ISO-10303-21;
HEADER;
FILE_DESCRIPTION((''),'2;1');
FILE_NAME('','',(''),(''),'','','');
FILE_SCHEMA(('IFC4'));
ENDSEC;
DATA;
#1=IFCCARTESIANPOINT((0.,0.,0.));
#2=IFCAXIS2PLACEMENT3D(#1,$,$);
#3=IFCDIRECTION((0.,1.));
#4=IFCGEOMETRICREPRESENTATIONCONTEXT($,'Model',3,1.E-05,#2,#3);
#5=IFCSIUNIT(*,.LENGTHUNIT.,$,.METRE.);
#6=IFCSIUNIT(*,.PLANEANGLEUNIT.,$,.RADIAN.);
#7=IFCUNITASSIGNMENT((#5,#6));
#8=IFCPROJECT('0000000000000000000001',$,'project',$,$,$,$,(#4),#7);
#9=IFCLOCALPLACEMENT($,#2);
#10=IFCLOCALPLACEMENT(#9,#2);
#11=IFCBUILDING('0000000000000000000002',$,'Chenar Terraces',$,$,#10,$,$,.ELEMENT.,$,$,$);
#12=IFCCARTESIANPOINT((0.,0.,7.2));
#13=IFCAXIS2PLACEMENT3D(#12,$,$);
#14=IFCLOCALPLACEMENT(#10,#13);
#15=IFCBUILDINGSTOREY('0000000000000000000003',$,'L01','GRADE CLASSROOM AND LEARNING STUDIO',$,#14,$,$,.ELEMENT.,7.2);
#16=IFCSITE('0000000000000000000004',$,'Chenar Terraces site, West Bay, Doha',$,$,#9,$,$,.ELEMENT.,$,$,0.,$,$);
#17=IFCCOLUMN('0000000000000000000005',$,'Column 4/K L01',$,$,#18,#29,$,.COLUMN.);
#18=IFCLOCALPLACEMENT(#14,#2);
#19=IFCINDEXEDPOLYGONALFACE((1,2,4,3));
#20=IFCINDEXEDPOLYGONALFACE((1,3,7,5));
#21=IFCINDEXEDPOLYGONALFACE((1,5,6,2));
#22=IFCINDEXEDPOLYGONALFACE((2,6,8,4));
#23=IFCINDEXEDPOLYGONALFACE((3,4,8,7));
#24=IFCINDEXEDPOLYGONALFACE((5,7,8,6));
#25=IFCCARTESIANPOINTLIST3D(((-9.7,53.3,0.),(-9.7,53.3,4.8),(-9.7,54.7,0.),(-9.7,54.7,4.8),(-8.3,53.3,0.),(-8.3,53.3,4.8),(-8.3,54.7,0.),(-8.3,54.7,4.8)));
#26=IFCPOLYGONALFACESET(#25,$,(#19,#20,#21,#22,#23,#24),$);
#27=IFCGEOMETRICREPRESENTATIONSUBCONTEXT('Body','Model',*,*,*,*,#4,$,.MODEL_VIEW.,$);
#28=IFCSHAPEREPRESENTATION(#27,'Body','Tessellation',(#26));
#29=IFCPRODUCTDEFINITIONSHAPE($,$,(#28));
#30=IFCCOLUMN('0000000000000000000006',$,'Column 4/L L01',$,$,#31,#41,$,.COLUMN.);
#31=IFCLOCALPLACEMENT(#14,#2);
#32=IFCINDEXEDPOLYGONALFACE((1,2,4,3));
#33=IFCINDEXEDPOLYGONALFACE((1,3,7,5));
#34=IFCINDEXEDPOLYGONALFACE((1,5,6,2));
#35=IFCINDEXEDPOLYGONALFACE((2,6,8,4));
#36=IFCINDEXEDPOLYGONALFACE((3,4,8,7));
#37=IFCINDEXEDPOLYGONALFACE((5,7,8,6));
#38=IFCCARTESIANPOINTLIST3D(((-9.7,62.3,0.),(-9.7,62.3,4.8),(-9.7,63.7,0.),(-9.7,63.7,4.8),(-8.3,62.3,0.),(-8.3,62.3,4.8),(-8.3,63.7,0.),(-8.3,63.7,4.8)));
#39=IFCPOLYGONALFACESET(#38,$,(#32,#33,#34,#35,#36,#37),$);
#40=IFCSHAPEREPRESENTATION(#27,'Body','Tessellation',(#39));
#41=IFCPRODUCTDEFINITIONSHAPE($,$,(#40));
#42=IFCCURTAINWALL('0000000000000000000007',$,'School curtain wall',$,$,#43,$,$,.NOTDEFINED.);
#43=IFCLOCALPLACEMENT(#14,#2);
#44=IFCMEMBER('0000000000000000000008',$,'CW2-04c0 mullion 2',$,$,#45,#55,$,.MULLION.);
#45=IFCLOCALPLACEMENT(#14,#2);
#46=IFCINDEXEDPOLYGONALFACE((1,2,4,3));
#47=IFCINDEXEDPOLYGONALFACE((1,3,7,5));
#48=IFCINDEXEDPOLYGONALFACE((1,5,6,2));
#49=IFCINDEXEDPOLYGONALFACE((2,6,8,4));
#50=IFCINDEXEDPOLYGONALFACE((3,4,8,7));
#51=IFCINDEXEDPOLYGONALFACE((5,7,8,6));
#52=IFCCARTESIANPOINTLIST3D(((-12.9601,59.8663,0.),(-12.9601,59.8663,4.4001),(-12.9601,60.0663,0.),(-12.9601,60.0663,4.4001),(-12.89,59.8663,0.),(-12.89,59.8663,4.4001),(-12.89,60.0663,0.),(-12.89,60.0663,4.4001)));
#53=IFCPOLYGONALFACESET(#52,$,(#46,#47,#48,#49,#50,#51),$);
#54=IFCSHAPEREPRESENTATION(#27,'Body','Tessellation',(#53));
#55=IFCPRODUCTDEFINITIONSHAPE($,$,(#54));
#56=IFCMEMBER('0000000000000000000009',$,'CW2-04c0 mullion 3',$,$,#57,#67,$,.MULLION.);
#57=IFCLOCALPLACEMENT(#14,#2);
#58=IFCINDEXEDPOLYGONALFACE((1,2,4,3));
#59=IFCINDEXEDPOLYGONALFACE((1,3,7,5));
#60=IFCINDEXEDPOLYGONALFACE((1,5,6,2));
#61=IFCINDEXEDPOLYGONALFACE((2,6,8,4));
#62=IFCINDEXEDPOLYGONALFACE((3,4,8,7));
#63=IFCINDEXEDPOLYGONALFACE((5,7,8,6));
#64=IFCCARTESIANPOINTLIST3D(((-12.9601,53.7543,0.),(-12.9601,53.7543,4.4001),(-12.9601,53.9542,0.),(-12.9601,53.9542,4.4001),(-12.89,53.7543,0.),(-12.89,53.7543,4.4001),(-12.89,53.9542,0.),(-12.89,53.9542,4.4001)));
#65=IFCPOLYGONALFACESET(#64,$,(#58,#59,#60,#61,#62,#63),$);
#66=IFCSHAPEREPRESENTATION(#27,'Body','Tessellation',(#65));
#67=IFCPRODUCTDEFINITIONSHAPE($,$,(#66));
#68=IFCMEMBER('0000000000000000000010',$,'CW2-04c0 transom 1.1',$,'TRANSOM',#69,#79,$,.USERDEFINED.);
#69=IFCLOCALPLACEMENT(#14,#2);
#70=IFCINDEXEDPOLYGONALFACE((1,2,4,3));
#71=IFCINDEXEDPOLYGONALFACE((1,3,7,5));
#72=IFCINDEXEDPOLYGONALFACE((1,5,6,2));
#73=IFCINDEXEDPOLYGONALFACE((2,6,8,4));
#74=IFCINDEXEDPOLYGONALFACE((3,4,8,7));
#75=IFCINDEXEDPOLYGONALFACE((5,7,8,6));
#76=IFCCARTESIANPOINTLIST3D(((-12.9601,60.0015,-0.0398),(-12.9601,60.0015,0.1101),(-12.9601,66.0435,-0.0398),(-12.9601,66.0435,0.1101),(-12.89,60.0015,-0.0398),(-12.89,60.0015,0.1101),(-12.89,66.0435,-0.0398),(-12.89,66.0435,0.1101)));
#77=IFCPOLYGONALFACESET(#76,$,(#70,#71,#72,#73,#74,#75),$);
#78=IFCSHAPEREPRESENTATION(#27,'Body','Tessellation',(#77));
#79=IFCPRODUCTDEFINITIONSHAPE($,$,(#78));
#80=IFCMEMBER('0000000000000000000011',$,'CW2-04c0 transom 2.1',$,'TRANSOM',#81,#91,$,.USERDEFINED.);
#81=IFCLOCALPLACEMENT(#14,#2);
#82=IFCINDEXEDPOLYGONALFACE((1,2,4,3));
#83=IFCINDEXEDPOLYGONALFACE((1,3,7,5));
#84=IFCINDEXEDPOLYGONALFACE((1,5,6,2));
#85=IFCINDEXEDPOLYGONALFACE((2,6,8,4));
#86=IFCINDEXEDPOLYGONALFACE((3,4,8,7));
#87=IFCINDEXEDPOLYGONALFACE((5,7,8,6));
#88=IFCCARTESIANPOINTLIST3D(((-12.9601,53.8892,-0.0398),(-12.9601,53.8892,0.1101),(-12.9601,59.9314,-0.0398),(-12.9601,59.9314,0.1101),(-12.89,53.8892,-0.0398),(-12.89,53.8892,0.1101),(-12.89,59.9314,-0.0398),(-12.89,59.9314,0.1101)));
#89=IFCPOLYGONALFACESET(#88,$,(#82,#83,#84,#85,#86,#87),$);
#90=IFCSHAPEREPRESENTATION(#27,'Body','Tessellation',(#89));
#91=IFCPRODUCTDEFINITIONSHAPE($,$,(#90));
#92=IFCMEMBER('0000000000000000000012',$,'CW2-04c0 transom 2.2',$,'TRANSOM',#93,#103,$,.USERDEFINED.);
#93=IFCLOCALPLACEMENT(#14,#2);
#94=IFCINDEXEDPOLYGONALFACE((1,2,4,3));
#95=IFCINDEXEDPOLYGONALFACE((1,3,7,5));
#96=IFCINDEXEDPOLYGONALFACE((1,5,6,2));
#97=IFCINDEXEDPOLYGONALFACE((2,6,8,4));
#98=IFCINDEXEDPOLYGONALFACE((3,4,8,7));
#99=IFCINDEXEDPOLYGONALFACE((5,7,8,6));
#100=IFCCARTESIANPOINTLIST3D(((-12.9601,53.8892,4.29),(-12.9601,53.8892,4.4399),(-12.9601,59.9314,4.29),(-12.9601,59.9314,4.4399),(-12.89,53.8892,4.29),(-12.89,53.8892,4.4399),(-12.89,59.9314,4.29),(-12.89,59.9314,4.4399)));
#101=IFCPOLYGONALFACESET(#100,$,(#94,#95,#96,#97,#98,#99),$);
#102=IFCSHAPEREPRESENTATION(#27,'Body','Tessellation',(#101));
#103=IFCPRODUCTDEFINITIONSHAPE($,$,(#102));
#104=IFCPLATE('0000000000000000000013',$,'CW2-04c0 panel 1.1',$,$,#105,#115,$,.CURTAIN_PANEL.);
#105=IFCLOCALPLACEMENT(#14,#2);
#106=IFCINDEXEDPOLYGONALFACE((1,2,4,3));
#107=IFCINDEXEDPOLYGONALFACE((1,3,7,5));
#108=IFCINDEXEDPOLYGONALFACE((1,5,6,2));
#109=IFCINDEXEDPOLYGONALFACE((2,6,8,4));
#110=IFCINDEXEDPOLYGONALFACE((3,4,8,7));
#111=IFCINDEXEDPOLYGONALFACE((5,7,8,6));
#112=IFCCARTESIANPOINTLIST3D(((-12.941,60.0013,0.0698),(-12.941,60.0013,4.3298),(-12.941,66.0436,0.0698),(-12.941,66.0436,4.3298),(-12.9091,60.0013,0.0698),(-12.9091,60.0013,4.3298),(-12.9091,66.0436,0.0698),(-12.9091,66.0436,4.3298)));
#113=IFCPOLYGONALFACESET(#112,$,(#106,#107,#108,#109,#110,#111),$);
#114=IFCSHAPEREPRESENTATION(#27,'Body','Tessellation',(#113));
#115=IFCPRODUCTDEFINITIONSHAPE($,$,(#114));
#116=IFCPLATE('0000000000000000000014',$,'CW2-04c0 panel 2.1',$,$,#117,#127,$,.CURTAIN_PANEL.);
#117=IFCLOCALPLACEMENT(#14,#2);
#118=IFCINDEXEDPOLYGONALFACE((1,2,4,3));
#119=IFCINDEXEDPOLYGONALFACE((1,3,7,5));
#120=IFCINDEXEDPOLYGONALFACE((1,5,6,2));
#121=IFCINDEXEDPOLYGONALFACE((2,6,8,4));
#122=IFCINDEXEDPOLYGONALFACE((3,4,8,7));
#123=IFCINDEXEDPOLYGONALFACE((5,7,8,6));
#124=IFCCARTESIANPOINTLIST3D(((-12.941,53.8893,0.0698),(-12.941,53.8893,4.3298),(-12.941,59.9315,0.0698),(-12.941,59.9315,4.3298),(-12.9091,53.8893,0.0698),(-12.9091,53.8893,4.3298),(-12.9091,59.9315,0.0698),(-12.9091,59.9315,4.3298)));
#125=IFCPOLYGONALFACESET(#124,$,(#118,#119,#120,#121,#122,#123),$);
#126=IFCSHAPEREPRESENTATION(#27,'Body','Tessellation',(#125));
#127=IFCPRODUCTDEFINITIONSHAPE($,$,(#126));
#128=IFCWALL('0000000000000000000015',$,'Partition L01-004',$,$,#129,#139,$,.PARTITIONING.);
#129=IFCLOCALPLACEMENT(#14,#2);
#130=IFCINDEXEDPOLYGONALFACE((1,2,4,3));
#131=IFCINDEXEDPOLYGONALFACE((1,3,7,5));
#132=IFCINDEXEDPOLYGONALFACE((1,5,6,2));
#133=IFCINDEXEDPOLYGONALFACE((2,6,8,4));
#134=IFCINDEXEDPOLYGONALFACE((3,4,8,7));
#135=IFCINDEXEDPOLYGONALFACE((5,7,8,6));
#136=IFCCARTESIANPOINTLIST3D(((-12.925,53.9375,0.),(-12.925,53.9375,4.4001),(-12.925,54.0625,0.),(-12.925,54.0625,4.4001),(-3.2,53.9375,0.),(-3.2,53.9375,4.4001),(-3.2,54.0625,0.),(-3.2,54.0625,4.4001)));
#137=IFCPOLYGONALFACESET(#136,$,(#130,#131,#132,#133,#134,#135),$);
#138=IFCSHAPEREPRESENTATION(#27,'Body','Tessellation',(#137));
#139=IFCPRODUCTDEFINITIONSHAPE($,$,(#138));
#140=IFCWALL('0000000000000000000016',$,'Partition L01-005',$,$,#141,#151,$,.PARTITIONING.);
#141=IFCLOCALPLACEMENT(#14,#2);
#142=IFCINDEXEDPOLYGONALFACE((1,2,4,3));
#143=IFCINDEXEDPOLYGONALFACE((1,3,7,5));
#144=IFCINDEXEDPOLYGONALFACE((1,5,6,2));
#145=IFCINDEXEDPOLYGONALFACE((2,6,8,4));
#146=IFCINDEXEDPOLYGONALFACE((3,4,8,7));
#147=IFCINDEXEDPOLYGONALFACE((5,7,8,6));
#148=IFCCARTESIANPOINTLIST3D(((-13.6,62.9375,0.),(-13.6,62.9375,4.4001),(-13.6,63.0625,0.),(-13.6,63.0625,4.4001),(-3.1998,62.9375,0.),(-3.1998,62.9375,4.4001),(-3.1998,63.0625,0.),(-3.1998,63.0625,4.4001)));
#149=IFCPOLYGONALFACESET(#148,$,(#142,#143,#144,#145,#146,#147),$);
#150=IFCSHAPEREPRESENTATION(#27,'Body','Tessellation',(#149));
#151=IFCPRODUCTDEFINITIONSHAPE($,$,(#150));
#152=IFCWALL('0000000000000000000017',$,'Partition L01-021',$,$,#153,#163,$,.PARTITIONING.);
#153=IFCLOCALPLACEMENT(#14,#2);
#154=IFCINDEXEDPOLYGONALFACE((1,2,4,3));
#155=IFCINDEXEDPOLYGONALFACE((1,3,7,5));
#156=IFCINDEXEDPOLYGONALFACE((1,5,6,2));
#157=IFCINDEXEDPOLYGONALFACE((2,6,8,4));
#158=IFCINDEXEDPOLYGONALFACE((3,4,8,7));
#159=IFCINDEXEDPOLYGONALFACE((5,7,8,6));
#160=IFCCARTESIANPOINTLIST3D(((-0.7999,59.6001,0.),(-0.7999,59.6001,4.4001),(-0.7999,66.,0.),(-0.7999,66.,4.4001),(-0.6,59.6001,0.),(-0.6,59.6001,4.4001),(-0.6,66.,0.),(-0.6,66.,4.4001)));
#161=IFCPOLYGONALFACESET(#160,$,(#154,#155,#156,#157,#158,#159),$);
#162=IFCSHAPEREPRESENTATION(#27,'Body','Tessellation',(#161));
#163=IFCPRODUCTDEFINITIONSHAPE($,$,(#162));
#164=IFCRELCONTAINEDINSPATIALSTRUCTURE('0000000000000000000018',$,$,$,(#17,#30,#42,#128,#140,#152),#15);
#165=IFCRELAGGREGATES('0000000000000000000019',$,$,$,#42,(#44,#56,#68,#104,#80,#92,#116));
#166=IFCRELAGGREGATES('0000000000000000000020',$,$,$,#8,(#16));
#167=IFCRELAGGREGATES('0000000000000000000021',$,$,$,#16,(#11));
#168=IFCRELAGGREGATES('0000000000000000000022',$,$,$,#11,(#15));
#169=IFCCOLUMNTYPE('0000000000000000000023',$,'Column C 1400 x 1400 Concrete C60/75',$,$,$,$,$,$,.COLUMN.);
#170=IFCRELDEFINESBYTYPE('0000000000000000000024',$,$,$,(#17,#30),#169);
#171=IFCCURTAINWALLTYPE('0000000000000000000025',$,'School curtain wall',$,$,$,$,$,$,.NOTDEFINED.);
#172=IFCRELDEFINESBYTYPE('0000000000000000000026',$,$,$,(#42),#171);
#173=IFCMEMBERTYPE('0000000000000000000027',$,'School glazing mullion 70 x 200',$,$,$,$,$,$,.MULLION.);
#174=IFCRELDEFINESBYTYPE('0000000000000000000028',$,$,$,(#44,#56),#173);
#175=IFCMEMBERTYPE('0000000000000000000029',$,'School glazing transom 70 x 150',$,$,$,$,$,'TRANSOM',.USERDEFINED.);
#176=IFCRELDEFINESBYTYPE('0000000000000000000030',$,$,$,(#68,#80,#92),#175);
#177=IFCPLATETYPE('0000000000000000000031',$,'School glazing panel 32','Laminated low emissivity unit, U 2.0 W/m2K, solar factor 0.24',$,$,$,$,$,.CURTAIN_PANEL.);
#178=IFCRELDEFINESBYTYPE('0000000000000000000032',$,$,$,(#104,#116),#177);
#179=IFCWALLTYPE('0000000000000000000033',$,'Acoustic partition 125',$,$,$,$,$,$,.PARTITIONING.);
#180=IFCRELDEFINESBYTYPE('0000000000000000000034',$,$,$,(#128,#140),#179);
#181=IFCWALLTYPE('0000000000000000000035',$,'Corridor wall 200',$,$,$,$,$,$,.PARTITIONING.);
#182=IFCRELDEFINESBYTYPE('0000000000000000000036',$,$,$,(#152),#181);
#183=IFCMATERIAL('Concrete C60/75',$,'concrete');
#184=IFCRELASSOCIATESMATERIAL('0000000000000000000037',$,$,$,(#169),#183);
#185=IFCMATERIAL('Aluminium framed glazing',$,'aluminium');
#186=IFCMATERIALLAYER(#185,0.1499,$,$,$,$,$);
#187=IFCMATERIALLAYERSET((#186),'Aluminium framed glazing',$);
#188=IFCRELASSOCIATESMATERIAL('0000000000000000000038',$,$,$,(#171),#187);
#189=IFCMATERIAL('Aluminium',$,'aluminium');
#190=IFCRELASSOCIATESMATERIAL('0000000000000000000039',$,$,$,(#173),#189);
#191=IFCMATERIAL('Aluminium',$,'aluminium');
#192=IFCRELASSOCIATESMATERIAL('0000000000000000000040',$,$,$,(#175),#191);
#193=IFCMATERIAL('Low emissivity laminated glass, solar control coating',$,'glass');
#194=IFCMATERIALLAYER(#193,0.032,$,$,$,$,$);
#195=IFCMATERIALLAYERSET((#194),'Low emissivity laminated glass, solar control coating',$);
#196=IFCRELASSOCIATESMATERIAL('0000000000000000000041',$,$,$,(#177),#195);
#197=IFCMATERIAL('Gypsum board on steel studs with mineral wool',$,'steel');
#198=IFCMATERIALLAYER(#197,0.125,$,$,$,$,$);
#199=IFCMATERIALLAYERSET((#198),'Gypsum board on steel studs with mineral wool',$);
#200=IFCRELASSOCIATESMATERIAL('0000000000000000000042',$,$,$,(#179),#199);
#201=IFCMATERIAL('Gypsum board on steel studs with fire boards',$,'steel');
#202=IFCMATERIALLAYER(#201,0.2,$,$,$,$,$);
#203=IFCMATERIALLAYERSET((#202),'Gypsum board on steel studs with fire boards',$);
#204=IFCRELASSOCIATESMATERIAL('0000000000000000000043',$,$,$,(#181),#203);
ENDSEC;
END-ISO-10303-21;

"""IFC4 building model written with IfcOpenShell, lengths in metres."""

from ifc_helpers import new_model, si_unit, direction, frame, frame_2d, origin, origin_2d, place, context, subcontext, project, spatial, rectangle, extrude, material, layer, layer_set, material_profile, profile_set, type_object, element, aggregate, save


model = new_model("IFC4")

# Units and contexts
model_context = context("Model", 3, precision=1e-05, world=origin(), true_north=direction((0.0, 1.0)))
body_context = subcontext(model_context, "Body", "Model", "MODEL_VIEW")
ifc_project = project(units=[si_unit("LENGTHUNIT", "METRE"), si_unit("PLANEANGLEUNIT", "RADIAN")], contexts=[model_context])

# Site, building, storey
site_placement = place(None, origin())
site = spatial("IfcSite", under=ifc_project, at=site_placement, Name="Chenar Terraces site, West Bay, Doha", CompositionType="ELEMENT", RefElevation=0.0)
building_placement = place(site_placement, origin())
building = spatial("IfcBuilding", under=site, at=building_placement, Name="Chenar Terraces", CompositionType="ELEMENT")
storey_placement = place(building_placement, frame((0.0, 0.0, 7.2)))
storey = spatial("IfcBuildingStorey", under=building, at=storey_placement, Name="L01", Description="GRADE CLASSROOM AND LEARNING STUDIO", CompositionType="ELEMENT", Elevation=7.2)

# Columns
ifc_material_1 = material(Name="Concrete C60/75", Category="concrete")
ifc_material_profile_1 = material_profile(ifc_material_1, rectangle(XDim=1.3999, YDim=1.3999, at=origin_2d()), Name="C 1400 x 1400")
ifc_profile_set_1 = profile_set([ifc_material_profile_1], Name="Concrete C60/75")
column_type = type_object("IfcColumnType", Name="Column C 1400 x 1400 Concrete C60/75", PredefinedType="COLUMN", material=ifc_profile_set_1)
for number, where, z_axis, x_axis, name in (
    (1, (-9.0, 54.0, 0.0), (0.0, 0.0, 1.0), (1.0, 0.0, 0.0), "Column 4/K L01"),
    (2, (-9.0, 63.0, 0.0), (0.0, 0.0, 1.0), (1.0, 0.0, 0.0), "Column 4/L L01"),
):
    element("IfcColumn", number, at=place(storey_placement, frame(where, z_axis=z_axis, x_axis=x_axis)), inside=storey, type_object=column_type, Name=name, PredefinedType="COLUMN", context=body_context, shape_type="SweptSolid", body=[
        extrude(rectangle(XDim=1.3999, YDim=1.3999, at=origin_2d()), origin(), (0.0, 0.0, 1.0), 4.8),
    ])

# Curtain wall, members, plates
ifc_material_2 = material(Name="Aluminium framed glazing", Category="aluminium")
ifc_layer_1 = layer(ifc_material_2, 0.1499)
ifc_layer_set_1 = layer_set([ifc_layer_1], Name="Aluminium framed glazing")
curtain_wall_type = type_object("IfcCurtainWallType", Name="School curtain wall", PredefinedType="NOTDEFINED", material=ifc_layer_set_1)
curtain_wall_placement = place(storey_placement, origin())
curtain_wall = element("IfcCurtainWall", 3, at=curtain_wall_placement, inside=storey, type_object=curtain_wall_type, Name="School curtain wall", PredefinedType="NOTDEFINED")
ifc_material_3 = material(Name="Aluminium", Category="aluminium")
ifc_material_profile_2 = material_profile(ifc_material_3, rectangle(XDim=0.0701, YDim=0.2, at=origin_2d()), Name="School glazing mullion 70 x 200")
ifc_profile_set_2 = profile_set([ifc_material_profile_2], Name="Aluminium")
member_type_1 = type_object("IfcMemberType", Name="School glazing mullion 70 x 200", PredefinedType="MULLION", material=ifc_profile_set_2)
member_1_placement = place(storey_placement, frame((-12.925, 59.9663, 0.0), z_axis=(0.0, 0.0, 1.0), x_axis=(1.0, 0.0, 0.0)))
member_1 = element("IfcMember", 4, at=member_1_placement, type_object=member_type_1, Name="CW2-04c0 mullion 2", PredefinedType="MULLION", context=body_context, shape_type="SweptSolid", body=[
    extrude(rectangle(XDim=0.0701, YDim=0.2, at=origin_2d()), origin(), (0.0, 0.0, 1.0), 4.4001),
])
member_2_placement = place(storey_placement, frame((-12.925, 53.8542, 0.0), z_axis=(0.0, 0.0, 1.0), x_axis=(1.0, 0.0, 0.0)))
member_2 = element("IfcMember", 5, at=member_2_placement, type_object=member_type_1, Name="CW2-04c0 mullion 3", PredefinedType="MULLION", context=body_context, shape_type="SweptSolid", body=[
    extrude(rectangle(XDim=0.0701, YDim=0.2, at=origin_2d()), origin(), (0.0, 0.0, 1.0), 4.4001),
])
ifc_material_4 = material(Name="Aluminium", Category="aluminium")
ifc_material_profile_3 = material_profile(ifc_material_4, rectangle(XDim=0.0701, YDim=0.1499, at=origin_2d()), Name="School glazing transom 70 x 150")
ifc_profile_set_3 = profile_set([ifc_material_profile_3], Name="Aluminium")
member_type_2 = type_object("IfcMemberType", Name="School glazing transom 70 x 150", ElementType="TRANSOM", PredefinedType="USERDEFINED", material=ifc_profile_set_3)
member_3_placement = place(storey_placement, frame((-12.925, 66.0435, 0.0352), z_axis=(0.0, -1.0, 0.0), x_axis=(1.0, 0.0, 0.0)))
member_3 = element("IfcMember", 6, at=member_3_placement, type_object=member_type_2, Name="CW2-04c0 transom 1.1", ObjectType="TRANSOM", PredefinedType="USERDEFINED", context=body_context, shape_type="SweptSolid", body=[
    extrude(rectangle(XDim=0.0701, YDim=0.1499, at=origin_2d()), origin(), (0.0, 0.0, 1.0), 6.042),
])
member_4_placement = place(storey_placement, frame((-12.925, 59.9314, 0.0352), z_axis=(0.0, -1.0, 0.0), x_axis=(1.0, 0.0, 0.0)))
member_4 = element("IfcMember", 7, at=member_4_placement, type_object=member_type_2, Name="CW2-04c0 transom 2.1", ObjectType="TRANSOM", PredefinedType="USERDEFINED", context=body_context, shape_type="SweptSolid", body=[
    extrude(rectangle(XDim=0.0701, YDim=0.1499, at=origin_2d()), origin(), (0.0, 0.0, 1.0), 6.0422),
])
member_5_placement = place(storey_placement, frame((-12.925, 59.9314, 4.365), z_axis=(0.0, -1.0, 0.0), x_axis=(1.0, 0.0, 0.0)))
member_5 = element("IfcMember", 8, at=member_5_placement, type_object=member_type_2, Name="CW2-04c0 transom 2.2", ObjectType="TRANSOM", PredefinedType="USERDEFINED", context=body_context, shape_type="SweptSolid", body=[
    extrude(rectangle(XDim=0.0701, YDim=0.1499, at=origin_2d()), origin(), (0.0, 0.0, 1.0), 6.0422),
])
ifc_material_5 = material(Name="Low emissivity laminated glass, solar control coating", Category="glass")
ifc_layer_2 = layer(ifc_material_5, 0.032)
ifc_layer_set_2 = layer_set([ifc_layer_2], Name="Low emissivity laminated glass, solar control coating")
plate_type = type_object("IfcPlateType", Name="School glazing panel 32", Description="Laminated low emissivity unit, U 2.0 W/m2K, solar factor 0.24", PredefinedType="CURTAIN_PANEL", material=ifc_layer_set_2)
plate_1_placement = place(storey_placement, frame((-12.925, 63.0225, 0.0698), z_axis=(0.0, 0.0, 1.0), x_axis=(0.0, -1.0, 0.0)))
plate_1 = element("IfcPlate", 9, at=plate_1_placement, type_object=plate_type, Name="CW2-04c0 panel 1.1", PredefinedType="CURTAIN_PANEL", context=body_context, shape_type="SweptSolid", body=[
    extrude(rectangle(XDim=6.0422, YDim=0.032, at=origin_2d()), origin(), (0.0, 0.0, 1.0), 4.26),
])
plate_2_placement = place(storey_placement, frame((-12.925, 56.9104, 0.0698), z_axis=(0.0, 0.0, 1.0), x_axis=(0.0, -1.0, 0.0)))
plate_2 = element("IfcPlate", 10, at=plate_2_placement, type_object=plate_type, Name="CW2-04c0 panel 2.1", PredefinedType="CURTAIN_PANEL", context=body_context, shape_type="SweptSolid", body=[
    extrude(rectangle(XDim=6.0422, YDim=0.032, at=origin_2d()), origin(), (0.0, 0.0, 1.0), 4.26),
])
aggregate(curtain_wall, [member_1, member_2, member_3, plate_1, member_4, member_5, plate_2])

# Walls
ifc_material_6 = material(Name="Gypsum board on steel studs with mineral wool", Category="steel")
ifc_layer_3 = layer(ifc_material_6, 0.125)
ifc_layer_set_3 = layer_set([ifc_layer_3], Name="Gypsum board on steel studs with mineral wool")
wall_type_1 = type_object("IfcWallType", Name="Acoustic partition 125", PredefinedType="PARTITIONING", material=ifc_layer_set_3)
wall_1_placement = place(storey_placement, frame((-12.925, 54.0, 0.0), z_axis=(0.0, 0.0, 1.0), x_axis=(1.0, 0.0, 0.0)))
element("IfcWall", 11, at=wall_1_placement, inside=storey, type_object=wall_type_1, Name="Partition L01-004", PredefinedType="PARTITIONING", context=body_context, shape_type="SweptSolid", body=[
    extrude(rectangle(XDim=9.7251, YDim=0.125, at=frame_2d((4.8625, 0.0))), origin(), (0.0, 0.0, 1.0), 4.4001),
])
wall_2_placement = place(storey_placement, frame((-13.6001, 63.0, 0.0), z_axis=(0.0, 0.0, 1.0), x_axis=(1.0, 0.0, 0.0)))
element("IfcWall", 12, at=wall_2_placement, inside=storey, type_object=wall_type_1, Name="Partition L01-005", PredefinedType="PARTITIONING", context=body_context, shape_type="SweptSolid", body=[
    extrude(rectangle(XDim=10.4001, YDim=0.125, at=frame_2d((5.2002, 0.0))), origin(), (0.0, 0.0, 1.0), 4.4001),
])
ifc_material_7 = material(Name="Gypsum board on steel studs with fire boards", Category="steel")
ifc_layer_4 = layer(ifc_material_7, 0.2)
ifc_layer_set_4 = layer_set([ifc_layer_4], Name="Gypsum board on steel studs with fire boards")
wall_type_2 = type_object("IfcWallType", Name="Corridor wall 200", PredefinedType="PARTITIONING", material=ifc_layer_set_4)
wall_3_placement = place(storey_placement, frame((-0.7, 59.6001, 0.0), z_axis=(0.0, 0.0, 1.0), x_axis=(0.0, 1.0, 0.0)))
element("IfcWall", 13, at=wall_3_placement, inside=storey, type_object=wall_type_2, Name="Partition L01-021", PredefinedType="PARTITIONING", context=body_context, shape_type="SweptSolid", body=[
    extrude(rectangle(XDim=6.3999, YDim=0.2, at=frame_2d((3.2, 0.0))), origin(), (0.0, 0.0, 1.0), 4.4001),
])

save(model, "model.ifc")
